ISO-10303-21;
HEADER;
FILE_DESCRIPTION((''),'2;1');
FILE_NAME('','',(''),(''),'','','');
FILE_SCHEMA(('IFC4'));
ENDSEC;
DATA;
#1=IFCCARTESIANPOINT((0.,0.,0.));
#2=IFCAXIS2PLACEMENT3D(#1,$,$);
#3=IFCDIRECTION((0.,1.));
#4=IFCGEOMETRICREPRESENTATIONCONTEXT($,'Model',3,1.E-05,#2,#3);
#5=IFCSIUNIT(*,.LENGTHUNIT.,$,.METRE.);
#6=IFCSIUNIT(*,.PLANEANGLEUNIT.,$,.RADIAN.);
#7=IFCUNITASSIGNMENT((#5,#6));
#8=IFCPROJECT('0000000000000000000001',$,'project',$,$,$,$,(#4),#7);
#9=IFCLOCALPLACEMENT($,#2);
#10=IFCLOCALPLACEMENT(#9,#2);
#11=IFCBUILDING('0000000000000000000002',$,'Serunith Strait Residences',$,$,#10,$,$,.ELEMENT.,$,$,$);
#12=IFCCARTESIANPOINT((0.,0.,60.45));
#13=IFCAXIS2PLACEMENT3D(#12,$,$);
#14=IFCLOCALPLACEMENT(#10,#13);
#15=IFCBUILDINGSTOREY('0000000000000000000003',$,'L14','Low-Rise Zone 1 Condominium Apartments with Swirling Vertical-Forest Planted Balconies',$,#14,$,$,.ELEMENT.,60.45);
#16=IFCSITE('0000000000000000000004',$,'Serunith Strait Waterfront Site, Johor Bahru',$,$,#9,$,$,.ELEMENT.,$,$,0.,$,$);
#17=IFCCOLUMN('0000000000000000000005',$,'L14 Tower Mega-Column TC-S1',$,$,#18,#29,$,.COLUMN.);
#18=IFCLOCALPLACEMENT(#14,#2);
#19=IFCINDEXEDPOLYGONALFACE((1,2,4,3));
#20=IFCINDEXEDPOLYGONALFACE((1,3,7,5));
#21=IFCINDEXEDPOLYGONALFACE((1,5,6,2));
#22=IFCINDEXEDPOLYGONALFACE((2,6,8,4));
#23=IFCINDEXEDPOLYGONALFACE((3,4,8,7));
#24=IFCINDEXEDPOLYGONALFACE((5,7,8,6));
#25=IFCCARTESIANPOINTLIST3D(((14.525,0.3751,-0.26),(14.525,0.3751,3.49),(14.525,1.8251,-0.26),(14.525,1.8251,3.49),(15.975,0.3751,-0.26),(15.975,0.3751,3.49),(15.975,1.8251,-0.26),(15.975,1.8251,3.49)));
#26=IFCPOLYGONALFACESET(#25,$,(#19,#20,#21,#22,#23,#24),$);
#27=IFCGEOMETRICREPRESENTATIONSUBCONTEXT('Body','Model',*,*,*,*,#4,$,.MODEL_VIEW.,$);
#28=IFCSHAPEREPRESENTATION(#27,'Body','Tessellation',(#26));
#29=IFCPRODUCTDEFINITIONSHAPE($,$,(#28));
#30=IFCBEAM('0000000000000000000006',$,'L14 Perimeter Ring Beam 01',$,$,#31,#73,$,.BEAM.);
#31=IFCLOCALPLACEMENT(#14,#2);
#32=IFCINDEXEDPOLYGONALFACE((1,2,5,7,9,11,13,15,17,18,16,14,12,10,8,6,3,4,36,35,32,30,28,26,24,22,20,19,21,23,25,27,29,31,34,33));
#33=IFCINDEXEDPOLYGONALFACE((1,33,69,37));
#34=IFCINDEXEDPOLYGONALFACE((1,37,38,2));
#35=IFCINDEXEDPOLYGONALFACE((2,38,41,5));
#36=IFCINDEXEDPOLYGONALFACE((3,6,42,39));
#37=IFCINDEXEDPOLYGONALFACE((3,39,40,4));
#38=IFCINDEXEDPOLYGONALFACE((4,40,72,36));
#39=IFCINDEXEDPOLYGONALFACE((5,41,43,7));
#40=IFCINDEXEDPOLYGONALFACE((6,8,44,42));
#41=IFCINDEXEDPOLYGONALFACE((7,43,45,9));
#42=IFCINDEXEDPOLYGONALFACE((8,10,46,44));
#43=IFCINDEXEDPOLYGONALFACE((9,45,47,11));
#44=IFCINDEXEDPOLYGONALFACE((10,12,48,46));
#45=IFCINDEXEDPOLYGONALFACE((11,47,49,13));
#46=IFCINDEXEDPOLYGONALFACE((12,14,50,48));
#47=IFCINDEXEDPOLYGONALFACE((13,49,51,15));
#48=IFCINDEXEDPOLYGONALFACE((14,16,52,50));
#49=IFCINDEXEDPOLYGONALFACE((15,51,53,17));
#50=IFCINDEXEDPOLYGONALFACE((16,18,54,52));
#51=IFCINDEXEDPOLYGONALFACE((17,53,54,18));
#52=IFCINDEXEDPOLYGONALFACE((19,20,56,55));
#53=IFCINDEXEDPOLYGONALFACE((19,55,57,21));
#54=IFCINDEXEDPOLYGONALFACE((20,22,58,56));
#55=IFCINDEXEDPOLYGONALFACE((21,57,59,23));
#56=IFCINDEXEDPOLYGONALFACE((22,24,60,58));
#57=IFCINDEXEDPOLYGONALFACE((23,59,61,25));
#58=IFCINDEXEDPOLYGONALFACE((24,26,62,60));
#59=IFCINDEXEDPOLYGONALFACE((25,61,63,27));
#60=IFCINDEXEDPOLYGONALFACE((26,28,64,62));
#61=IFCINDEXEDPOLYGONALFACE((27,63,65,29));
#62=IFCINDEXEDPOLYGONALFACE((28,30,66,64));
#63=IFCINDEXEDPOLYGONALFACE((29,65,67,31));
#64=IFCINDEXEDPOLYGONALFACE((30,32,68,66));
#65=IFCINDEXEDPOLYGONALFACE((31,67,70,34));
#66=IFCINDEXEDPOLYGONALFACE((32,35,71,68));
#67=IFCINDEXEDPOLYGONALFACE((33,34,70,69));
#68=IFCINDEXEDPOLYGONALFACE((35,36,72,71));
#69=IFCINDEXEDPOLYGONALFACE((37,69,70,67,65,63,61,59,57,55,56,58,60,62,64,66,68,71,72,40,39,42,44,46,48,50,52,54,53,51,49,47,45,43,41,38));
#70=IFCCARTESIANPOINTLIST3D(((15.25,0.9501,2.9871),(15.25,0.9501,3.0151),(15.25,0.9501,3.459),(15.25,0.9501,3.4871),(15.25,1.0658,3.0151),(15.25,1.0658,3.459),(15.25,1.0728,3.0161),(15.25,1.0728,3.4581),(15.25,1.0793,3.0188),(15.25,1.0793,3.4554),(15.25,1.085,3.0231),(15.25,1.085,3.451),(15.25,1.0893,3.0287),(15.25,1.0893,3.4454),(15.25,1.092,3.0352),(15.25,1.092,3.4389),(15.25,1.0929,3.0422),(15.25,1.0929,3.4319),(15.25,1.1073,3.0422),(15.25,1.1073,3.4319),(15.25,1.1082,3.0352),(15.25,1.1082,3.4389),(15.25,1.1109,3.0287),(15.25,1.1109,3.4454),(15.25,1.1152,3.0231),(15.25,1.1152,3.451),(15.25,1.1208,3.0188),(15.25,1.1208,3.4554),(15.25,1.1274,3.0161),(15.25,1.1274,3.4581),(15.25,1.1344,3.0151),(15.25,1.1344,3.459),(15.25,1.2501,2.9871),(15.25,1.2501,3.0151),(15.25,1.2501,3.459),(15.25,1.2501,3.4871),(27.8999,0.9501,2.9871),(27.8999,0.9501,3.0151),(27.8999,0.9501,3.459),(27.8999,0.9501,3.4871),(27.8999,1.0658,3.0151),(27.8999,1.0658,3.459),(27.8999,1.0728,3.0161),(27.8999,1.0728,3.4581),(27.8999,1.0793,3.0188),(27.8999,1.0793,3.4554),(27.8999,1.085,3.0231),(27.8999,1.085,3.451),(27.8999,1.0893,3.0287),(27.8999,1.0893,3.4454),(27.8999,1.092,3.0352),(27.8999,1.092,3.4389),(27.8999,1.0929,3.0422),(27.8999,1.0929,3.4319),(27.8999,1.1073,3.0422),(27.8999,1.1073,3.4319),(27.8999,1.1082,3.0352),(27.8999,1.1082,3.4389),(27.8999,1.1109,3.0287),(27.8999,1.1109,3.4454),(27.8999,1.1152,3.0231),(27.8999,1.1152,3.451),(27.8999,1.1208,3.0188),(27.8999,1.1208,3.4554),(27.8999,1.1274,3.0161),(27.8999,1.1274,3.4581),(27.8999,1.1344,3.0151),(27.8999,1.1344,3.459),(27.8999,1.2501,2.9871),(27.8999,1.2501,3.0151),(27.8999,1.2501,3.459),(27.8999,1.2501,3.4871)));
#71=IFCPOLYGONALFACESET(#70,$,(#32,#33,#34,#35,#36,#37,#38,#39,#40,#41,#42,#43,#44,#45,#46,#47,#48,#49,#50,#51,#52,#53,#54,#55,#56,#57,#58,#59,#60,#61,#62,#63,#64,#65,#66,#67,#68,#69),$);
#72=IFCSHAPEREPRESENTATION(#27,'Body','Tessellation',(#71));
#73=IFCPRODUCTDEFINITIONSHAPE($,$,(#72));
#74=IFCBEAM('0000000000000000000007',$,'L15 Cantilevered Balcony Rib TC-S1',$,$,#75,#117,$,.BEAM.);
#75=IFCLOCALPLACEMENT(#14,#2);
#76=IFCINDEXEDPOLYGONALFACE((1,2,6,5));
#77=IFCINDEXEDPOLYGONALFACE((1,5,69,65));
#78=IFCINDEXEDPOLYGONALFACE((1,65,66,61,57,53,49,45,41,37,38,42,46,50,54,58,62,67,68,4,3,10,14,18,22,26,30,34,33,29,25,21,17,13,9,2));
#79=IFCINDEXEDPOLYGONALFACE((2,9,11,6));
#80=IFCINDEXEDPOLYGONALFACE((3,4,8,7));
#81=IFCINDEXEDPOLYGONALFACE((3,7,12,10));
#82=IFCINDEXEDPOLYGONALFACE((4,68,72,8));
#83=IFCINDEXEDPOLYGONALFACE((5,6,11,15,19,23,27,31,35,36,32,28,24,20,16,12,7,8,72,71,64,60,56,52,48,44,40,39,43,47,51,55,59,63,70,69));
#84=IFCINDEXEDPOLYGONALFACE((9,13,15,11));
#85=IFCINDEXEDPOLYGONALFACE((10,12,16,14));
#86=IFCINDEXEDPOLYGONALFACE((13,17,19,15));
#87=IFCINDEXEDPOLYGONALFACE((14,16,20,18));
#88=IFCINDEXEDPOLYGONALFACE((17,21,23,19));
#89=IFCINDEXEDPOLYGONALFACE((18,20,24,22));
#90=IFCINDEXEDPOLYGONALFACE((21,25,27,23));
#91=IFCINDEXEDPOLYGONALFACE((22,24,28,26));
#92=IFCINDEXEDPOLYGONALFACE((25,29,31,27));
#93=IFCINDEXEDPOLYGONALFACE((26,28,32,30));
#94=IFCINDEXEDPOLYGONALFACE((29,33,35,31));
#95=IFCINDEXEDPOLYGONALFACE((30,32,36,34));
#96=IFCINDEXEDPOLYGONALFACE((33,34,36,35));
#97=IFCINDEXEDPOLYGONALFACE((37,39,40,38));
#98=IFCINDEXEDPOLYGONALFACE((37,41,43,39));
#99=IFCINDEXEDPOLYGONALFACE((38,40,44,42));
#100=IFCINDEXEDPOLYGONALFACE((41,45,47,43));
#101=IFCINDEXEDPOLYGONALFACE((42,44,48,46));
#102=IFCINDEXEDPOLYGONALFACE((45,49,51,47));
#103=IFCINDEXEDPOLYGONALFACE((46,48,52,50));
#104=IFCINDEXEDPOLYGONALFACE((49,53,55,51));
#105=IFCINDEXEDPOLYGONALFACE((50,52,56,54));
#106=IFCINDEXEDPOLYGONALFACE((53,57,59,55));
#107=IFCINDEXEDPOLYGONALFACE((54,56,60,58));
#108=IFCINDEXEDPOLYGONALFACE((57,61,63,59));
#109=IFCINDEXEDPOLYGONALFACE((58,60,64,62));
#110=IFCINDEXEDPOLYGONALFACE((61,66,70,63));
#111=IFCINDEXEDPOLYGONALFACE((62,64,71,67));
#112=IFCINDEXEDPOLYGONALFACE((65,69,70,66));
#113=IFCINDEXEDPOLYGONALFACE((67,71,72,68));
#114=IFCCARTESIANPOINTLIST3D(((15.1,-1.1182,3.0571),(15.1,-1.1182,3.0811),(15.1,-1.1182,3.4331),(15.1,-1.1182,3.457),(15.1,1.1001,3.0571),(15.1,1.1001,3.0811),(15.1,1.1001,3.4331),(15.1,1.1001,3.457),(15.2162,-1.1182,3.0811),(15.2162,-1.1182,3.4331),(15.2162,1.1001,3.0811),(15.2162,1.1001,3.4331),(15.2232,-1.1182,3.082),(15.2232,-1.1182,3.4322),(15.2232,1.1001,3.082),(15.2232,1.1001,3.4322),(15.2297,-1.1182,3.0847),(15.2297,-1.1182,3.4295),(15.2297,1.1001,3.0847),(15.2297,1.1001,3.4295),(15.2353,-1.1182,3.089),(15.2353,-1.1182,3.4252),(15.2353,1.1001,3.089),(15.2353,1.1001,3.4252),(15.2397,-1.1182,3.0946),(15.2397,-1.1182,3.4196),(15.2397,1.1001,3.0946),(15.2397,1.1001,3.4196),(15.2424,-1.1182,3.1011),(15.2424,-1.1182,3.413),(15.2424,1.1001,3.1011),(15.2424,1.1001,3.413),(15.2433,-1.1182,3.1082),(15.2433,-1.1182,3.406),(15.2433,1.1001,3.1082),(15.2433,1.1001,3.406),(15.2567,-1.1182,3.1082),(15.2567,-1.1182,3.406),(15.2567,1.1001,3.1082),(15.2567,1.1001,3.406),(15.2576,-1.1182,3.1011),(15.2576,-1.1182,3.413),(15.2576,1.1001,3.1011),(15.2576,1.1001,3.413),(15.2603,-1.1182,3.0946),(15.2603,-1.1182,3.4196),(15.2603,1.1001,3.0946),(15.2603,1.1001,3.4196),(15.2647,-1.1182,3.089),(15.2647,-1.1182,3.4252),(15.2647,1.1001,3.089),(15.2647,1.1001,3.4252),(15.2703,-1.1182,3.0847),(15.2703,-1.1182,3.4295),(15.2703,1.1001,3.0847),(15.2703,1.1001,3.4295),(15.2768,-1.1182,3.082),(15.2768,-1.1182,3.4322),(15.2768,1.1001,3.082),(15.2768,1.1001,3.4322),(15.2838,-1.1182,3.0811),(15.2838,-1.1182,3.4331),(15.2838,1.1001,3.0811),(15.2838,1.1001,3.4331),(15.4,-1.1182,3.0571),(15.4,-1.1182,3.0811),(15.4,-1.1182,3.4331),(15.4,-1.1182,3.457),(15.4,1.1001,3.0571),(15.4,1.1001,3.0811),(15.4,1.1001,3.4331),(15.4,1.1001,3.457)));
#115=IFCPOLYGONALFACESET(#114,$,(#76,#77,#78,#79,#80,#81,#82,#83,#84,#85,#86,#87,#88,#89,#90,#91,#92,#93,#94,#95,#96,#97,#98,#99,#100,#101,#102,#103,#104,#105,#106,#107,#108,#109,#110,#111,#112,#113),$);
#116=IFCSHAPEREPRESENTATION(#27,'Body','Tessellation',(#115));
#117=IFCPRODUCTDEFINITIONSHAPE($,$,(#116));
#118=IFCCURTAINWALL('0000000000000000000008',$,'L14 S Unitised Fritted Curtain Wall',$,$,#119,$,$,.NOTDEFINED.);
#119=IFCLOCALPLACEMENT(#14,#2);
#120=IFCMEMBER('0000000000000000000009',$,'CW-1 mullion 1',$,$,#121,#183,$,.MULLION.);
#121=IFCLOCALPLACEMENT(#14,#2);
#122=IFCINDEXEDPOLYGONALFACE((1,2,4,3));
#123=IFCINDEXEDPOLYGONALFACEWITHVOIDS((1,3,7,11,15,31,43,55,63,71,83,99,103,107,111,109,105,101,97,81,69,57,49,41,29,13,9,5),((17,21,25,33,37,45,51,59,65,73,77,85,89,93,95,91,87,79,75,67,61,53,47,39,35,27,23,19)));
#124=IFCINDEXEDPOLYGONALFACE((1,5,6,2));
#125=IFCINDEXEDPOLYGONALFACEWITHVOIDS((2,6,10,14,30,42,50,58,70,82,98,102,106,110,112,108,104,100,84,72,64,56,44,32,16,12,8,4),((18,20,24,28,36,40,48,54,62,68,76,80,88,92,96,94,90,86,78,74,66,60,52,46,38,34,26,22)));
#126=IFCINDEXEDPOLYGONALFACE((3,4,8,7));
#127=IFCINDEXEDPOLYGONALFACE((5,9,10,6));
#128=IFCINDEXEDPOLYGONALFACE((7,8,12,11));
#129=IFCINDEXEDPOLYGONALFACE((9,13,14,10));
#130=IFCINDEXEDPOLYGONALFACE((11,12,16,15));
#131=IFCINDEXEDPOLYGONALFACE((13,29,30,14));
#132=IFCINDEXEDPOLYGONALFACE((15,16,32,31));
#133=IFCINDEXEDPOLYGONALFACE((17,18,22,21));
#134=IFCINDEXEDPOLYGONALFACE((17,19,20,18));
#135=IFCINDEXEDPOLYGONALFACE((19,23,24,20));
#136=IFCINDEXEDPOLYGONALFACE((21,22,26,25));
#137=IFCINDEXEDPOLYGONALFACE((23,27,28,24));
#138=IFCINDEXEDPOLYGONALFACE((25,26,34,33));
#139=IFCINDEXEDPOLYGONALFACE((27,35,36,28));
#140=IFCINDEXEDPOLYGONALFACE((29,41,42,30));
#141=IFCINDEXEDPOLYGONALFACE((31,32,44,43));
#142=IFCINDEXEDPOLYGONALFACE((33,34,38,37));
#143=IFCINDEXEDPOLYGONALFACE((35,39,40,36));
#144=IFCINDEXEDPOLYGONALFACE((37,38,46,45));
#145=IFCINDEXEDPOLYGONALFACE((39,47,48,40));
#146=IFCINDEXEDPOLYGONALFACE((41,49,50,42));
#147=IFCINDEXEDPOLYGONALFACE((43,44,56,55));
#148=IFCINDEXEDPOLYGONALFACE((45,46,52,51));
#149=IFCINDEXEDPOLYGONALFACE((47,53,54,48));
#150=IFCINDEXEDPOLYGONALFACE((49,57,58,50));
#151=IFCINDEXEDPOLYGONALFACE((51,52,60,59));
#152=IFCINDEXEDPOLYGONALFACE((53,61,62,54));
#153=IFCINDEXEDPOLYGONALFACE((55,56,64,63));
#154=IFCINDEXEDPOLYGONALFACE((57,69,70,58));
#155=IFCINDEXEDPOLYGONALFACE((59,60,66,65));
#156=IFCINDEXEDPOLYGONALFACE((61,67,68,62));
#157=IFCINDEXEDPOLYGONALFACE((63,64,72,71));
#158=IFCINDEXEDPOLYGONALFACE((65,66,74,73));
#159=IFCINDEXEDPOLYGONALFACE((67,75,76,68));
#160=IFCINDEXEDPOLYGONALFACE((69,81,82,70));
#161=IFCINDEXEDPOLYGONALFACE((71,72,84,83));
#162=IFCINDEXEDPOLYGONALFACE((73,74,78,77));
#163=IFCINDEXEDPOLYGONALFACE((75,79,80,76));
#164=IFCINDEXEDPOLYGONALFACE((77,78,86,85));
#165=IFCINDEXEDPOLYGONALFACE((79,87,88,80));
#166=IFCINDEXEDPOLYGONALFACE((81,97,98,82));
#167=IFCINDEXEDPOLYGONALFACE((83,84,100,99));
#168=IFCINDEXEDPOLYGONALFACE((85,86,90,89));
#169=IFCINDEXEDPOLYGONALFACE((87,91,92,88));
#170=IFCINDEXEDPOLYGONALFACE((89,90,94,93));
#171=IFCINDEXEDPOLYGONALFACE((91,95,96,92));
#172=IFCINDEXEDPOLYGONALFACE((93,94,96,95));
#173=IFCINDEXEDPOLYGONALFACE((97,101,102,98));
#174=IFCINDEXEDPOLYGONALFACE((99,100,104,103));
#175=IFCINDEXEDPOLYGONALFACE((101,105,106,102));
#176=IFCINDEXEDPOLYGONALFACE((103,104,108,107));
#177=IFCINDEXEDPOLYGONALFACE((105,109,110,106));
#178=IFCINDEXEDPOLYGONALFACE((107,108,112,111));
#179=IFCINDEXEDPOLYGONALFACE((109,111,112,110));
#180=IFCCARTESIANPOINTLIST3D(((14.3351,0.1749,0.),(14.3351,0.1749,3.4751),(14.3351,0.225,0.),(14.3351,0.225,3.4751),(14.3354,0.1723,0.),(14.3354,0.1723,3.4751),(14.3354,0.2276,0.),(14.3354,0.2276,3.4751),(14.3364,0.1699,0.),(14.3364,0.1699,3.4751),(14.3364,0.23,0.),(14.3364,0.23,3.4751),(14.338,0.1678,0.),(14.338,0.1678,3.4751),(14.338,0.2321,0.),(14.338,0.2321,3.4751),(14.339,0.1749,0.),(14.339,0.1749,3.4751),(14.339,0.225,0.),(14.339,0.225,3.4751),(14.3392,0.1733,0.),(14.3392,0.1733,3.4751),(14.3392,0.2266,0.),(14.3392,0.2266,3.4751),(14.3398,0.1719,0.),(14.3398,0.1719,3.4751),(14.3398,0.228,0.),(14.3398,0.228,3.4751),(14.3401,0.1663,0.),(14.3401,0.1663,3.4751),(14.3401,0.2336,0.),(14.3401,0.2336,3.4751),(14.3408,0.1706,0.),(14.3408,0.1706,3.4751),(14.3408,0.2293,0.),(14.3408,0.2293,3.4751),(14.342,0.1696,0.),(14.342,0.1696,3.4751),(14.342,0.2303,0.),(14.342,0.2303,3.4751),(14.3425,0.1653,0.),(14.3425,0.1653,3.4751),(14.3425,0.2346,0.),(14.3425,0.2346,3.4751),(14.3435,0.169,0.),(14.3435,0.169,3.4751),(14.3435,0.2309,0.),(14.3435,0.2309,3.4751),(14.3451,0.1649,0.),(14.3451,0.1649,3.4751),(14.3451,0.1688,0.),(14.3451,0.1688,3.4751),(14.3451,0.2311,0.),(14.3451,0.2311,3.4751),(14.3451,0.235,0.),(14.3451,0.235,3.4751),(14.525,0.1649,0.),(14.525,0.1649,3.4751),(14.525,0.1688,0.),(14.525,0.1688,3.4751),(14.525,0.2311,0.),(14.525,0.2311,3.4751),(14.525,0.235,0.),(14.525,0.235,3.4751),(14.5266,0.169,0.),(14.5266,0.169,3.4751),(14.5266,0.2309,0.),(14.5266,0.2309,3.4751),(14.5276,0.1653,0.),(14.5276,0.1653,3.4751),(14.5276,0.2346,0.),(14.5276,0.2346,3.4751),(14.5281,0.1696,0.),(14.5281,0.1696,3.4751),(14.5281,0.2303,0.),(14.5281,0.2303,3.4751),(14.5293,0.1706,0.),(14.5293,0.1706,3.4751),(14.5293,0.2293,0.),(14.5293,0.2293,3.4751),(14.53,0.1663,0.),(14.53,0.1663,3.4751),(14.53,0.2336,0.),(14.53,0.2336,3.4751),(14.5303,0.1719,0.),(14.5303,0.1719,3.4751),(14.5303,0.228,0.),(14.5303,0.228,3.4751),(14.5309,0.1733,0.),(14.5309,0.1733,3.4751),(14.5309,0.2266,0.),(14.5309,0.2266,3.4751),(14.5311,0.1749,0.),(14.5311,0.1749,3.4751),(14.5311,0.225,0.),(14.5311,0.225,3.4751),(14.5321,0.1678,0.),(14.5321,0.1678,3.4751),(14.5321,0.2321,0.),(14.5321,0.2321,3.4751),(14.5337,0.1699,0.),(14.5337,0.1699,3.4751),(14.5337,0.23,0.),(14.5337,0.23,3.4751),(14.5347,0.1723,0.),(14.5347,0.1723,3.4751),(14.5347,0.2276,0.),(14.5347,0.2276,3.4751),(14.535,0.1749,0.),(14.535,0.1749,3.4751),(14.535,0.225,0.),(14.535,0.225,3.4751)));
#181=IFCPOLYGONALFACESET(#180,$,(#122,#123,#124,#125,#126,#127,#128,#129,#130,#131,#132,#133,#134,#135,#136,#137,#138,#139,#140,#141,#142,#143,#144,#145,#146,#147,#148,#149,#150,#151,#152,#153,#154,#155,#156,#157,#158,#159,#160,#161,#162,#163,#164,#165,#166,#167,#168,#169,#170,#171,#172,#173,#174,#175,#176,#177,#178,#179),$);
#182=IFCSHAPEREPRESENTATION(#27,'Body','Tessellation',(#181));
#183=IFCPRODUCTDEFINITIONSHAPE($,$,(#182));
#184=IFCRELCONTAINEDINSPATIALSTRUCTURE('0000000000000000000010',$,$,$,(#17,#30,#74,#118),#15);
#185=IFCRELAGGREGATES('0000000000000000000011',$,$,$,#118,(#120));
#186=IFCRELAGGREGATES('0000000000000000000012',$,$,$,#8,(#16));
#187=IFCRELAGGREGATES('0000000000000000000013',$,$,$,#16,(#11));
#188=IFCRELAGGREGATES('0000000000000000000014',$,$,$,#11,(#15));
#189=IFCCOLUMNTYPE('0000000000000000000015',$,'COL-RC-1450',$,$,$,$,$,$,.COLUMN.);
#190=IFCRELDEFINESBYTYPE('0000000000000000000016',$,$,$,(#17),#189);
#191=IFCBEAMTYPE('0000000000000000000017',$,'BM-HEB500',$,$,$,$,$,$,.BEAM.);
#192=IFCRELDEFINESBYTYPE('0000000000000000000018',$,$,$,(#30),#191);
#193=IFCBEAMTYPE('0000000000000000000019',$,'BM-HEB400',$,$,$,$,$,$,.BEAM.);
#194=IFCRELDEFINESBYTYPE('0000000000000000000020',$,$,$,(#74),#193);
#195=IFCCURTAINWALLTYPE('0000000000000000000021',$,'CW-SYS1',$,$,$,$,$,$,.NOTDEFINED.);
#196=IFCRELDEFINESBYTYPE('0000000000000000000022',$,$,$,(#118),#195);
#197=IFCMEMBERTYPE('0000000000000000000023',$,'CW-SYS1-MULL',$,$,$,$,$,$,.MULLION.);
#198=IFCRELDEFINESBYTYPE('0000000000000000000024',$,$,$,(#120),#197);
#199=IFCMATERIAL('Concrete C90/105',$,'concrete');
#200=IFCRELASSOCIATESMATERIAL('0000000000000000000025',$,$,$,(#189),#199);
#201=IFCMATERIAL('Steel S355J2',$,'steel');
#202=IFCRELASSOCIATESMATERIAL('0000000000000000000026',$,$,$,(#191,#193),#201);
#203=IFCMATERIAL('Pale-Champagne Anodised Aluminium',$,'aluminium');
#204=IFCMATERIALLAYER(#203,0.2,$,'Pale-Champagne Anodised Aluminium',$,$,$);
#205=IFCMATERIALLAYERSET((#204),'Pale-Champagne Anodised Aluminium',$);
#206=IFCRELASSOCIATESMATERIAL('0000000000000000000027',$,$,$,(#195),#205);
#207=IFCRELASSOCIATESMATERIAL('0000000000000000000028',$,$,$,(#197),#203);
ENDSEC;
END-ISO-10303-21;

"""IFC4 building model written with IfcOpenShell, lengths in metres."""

from ifc_helpers import new_model, si_unit, direction, frame, origin, origin_2d, place, context, subcontext, project, spatial, rectangle, hollow_rectangle, i_section, extrude, source, transform, mapped, material, layer, layer_set, material_profile, profile_set, type_object, element, aggregate, save


model = new_model("IFC4")

# Units and contexts
model_context = context("Model", 3, precision=1e-05, world=origin(), true_north=direction((0.0, 1.0)))
body_context = subcontext(model_context, "Body", "Model", "MODEL_VIEW")
ifc_project = project(units=[si_unit("LENGTHUNIT", "METRE"), si_unit("PLANEANGLEUNIT", "RADIAN")], contexts=[model_context])

# Site, building, storey
site_placement = place(None, origin())
site = spatial("IfcSite", under=ifc_project, at=site_placement, Name="Serunith Strait Waterfront Site, Johor Bahru", CompositionType="ELEMENT", RefElevation=0.0)
building_placement = place(site_placement, origin())
building = spatial("IfcBuilding", under=site, at=building_placement, Name="Serunith Strait Residences", CompositionType="ELEMENT")
storey_placement = place(building_placement, frame((0.0, 0.0, 60.45)))
storey = spatial("IfcBuildingStorey", under=building, at=storey_placement, Name="L14", Description="Low-Rise Zone 1 Condominium Apartments with Swirling Vertical-Forest Planted Balconies", CompositionType="ELEMENT", Elevation=60.45)

# Column
ifc_material_1 = material(Name="Concrete C90/105", Category="concrete")
ifc_material_profile_1 = material_profile(ifc_material_1, rectangle(XDim=1.45, YDim=1.45, at=origin_2d()), Name="RC 1450x1450")
ifc_profile_set_1 = profile_set([ifc_material_profile_1], Name="Concrete C90/105")
column_type = type_object("IfcColumnType", Name="COL-RC-1450", PredefinedType="COLUMN", material=ifc_profile_set_1)
shared_shape_1 = source(origin(), body_context, "Body", "SweptSolid", [
    extrude(rectangle(XDim=1.45, YDim=1.45, at=origin_2d()), origin(), (0.0, 0.0, 1.0), 3.75),
])
column_placement = place(storey_placement, frame((15.25, 1.1001, -0.26), z_axis=(0.0, 0.0, 1.0), x_axis=(1.0, 0.0, 0.0)))
element("IfcColumn", 1, at=column_placement, inside=storey, type_object=column_type, Name="L14 Tower Mega-Column TC-S1", PredefinedType="COLUMN", context=body_context, shape_type="MappedRepresentation", body=[
    mapped(shared_shape_1, transform((0.0, 0.0, 0.0), scale=1.0)),
])

# Beams
ifc_material_2 = material(Name="Steel S355J2", Category="steel")
ifc_material_profile_2 = material_profile(ifc_material_2, i_section(OverallWidth=0.3, OverallDepth=0.5, WebThickness=0.0144, FlangeThickness=0.0281, FilletRadius=0.0271, at=origin_2d()), Name="HEB 500")
ifc_profile_set_2 = profile_set([ifc_material_profile_2], Name="Steel S355J2")
beam_type_1 = type_object("IfcBeamType", Name="BM-HEB500", PredefinedType="BEAM", material=ifc_profile_set_2)
shared_shape_2 = source(origin(), body_context, "Body", "SweptSolid", [
    extrude(i_section(OverallWidth=0.3, OverallDepth=0.5, WebThickness=0.0144, FlangeThickness=0.0281, FilletRadius=0.0271, at=origin_2d()), origin(), (0.0, 0.0, 1.0), 12.6499),
])
beam_1_placement = place(storey_placement, frame((15.25, 1.1001, 3.2371), z_axis=(1.0, 0.0, 0.0), x_axis=(0.0, 1.0, 0.0)))
element("IfcBeam", 2, at=beam_1_placement, inside=storey, type_object=beam_type_1, Name="L14 Perimeter Ring Beam 01", PredefinedType="BEAM", context=body_context, shape_type="MappedRepresentation", body=[
    mapped(shared_shape_2, transform((0.0, 0.0, 0.0), scale=1.0)),
])
ifc_material_profile_3 = material_profile(ifc_material_2, i_section(OverallWidth=0.3, OverallDepth=0.3999, WebThickness=0.0134, FlangeThickness=0.0239, FilletRadius=0.0271, at=origin_2d()), Name="HEB 400")
ifc_profile_set_3 = profile_set([ifc_material_profile_3], Name="Steel S355J2")
beam_type_2 = type_object("IfcBeamType", Name="BM-HEB400", PredefinedType="BEAM", material=ifc_profile_set_3)
shared_shape_3 = source(origin(), body_context, "Body", "SweptSolid", [
    extrude(i_section(OverallWidth=0.3, OverallDepth=0.3999, WebThickness=0.0134, FlangeThickness=0.0239, FilletRadius=0.0271, at=origin_2d()), origin(), (0.0, 0.0, 1.0), 2.2183),
])
beam_2_placement = place(storey_placement, frame((15.25, 1.1001, 3.2571), z_axis=(0.0, -1.0, 0.0), x_axis=(1.0, 0.0, 0.0)))
element("IfcBeam", 3, at=beam_2_placement, inside=storey, type_object=beam_type_2, Name="L15 Cantilevered Balcony Rib TC-S1", PredefinedType="BEAM", context=body_context, shape_type="MappedRepresentation", body=[
    mapped(shared_shape_3, transform((0.0, 0.0, 0.0), scale=1.0)),
])

# Curtain wall, member
ifc_material_3 = material(Name="Pale-Champagne Anodised Aluminium", Category="aluminium")
ifc_layer_1 = layer(ifc_material_3, 0.2, Name="Pale-Champagne Anodised Aluminium")
ifc_layer_set_1 = layer_set([ifc_layer_1], Name="Pale-Champagne Anodised Aluminium")
curtain_wall_type = type_object("IfcCurtainWallType", Name="CW-SYS1", PredefinedType="NOTDEFINED", material=ifc_layer_set_1)
curtain_wall_1_placement = place(storey_placement, origin())
curtain_wall_1 = element("IfcCurtainWall", 4, at=curtain_wall_1_placement, inside=storey, type_object=curtain_wall_type, Name="L14 S Unitised Fritted Curtain Wall", PredefinedType="NOTDEFINED")
ifc_material_profile_4 = material_profile(ifc_material_3, hollow_rectangle(XDim=0.0701, YDim=0.2, WallThickness=0.0039, InnerFilletRadius=0.0061, OuterFilletRadius=0.01, at=origin_2d()), Name="ALU 200x70x4")
ifc_profile_set_4 = profile_set([ifc_material_profile_4], Name="Pale-Champagne Anodised Aluminium")
member_type_1 = type_object("IfcMemberType", Name="CW-SYS1-MULL", PredefinedType="MULLION", material=ifc_profile_set_4)
shared_shape_4 = source(origin(), body_context, "Body", "SweptSolid", [
    extrude(hollow_rectangle(XDim=0.0701, YDim=0.2, WallThickness=0.0039, InnerFilletRadius=0.0061, OuterFilletRadius=0.01, at=origin_2d()), origin(), (0.0, 0.0, 1.0), 3.4751),
])
member_1_placement = place(storey_placement, frame((14.4351, 0.2, 0.0), z_axis=(0.0, 0.0, 1.0), x_axis=(0.0, 1.0, 0.0)))
member_1 = element("IfcMember", 5, at=member_1_placement, type_object=member_type_1, Name="CW-1 mullion 1", PredefinedType="MULLION", context=body_context, shape_type="MappedRepresentation", body=[
    mapped(shared_shape_4, transform((0.0, 0.0, 0.0), scale=1.0)),
])

aggregate(curtain_wall_1, [member_1])

save(model, "model.ifc")
